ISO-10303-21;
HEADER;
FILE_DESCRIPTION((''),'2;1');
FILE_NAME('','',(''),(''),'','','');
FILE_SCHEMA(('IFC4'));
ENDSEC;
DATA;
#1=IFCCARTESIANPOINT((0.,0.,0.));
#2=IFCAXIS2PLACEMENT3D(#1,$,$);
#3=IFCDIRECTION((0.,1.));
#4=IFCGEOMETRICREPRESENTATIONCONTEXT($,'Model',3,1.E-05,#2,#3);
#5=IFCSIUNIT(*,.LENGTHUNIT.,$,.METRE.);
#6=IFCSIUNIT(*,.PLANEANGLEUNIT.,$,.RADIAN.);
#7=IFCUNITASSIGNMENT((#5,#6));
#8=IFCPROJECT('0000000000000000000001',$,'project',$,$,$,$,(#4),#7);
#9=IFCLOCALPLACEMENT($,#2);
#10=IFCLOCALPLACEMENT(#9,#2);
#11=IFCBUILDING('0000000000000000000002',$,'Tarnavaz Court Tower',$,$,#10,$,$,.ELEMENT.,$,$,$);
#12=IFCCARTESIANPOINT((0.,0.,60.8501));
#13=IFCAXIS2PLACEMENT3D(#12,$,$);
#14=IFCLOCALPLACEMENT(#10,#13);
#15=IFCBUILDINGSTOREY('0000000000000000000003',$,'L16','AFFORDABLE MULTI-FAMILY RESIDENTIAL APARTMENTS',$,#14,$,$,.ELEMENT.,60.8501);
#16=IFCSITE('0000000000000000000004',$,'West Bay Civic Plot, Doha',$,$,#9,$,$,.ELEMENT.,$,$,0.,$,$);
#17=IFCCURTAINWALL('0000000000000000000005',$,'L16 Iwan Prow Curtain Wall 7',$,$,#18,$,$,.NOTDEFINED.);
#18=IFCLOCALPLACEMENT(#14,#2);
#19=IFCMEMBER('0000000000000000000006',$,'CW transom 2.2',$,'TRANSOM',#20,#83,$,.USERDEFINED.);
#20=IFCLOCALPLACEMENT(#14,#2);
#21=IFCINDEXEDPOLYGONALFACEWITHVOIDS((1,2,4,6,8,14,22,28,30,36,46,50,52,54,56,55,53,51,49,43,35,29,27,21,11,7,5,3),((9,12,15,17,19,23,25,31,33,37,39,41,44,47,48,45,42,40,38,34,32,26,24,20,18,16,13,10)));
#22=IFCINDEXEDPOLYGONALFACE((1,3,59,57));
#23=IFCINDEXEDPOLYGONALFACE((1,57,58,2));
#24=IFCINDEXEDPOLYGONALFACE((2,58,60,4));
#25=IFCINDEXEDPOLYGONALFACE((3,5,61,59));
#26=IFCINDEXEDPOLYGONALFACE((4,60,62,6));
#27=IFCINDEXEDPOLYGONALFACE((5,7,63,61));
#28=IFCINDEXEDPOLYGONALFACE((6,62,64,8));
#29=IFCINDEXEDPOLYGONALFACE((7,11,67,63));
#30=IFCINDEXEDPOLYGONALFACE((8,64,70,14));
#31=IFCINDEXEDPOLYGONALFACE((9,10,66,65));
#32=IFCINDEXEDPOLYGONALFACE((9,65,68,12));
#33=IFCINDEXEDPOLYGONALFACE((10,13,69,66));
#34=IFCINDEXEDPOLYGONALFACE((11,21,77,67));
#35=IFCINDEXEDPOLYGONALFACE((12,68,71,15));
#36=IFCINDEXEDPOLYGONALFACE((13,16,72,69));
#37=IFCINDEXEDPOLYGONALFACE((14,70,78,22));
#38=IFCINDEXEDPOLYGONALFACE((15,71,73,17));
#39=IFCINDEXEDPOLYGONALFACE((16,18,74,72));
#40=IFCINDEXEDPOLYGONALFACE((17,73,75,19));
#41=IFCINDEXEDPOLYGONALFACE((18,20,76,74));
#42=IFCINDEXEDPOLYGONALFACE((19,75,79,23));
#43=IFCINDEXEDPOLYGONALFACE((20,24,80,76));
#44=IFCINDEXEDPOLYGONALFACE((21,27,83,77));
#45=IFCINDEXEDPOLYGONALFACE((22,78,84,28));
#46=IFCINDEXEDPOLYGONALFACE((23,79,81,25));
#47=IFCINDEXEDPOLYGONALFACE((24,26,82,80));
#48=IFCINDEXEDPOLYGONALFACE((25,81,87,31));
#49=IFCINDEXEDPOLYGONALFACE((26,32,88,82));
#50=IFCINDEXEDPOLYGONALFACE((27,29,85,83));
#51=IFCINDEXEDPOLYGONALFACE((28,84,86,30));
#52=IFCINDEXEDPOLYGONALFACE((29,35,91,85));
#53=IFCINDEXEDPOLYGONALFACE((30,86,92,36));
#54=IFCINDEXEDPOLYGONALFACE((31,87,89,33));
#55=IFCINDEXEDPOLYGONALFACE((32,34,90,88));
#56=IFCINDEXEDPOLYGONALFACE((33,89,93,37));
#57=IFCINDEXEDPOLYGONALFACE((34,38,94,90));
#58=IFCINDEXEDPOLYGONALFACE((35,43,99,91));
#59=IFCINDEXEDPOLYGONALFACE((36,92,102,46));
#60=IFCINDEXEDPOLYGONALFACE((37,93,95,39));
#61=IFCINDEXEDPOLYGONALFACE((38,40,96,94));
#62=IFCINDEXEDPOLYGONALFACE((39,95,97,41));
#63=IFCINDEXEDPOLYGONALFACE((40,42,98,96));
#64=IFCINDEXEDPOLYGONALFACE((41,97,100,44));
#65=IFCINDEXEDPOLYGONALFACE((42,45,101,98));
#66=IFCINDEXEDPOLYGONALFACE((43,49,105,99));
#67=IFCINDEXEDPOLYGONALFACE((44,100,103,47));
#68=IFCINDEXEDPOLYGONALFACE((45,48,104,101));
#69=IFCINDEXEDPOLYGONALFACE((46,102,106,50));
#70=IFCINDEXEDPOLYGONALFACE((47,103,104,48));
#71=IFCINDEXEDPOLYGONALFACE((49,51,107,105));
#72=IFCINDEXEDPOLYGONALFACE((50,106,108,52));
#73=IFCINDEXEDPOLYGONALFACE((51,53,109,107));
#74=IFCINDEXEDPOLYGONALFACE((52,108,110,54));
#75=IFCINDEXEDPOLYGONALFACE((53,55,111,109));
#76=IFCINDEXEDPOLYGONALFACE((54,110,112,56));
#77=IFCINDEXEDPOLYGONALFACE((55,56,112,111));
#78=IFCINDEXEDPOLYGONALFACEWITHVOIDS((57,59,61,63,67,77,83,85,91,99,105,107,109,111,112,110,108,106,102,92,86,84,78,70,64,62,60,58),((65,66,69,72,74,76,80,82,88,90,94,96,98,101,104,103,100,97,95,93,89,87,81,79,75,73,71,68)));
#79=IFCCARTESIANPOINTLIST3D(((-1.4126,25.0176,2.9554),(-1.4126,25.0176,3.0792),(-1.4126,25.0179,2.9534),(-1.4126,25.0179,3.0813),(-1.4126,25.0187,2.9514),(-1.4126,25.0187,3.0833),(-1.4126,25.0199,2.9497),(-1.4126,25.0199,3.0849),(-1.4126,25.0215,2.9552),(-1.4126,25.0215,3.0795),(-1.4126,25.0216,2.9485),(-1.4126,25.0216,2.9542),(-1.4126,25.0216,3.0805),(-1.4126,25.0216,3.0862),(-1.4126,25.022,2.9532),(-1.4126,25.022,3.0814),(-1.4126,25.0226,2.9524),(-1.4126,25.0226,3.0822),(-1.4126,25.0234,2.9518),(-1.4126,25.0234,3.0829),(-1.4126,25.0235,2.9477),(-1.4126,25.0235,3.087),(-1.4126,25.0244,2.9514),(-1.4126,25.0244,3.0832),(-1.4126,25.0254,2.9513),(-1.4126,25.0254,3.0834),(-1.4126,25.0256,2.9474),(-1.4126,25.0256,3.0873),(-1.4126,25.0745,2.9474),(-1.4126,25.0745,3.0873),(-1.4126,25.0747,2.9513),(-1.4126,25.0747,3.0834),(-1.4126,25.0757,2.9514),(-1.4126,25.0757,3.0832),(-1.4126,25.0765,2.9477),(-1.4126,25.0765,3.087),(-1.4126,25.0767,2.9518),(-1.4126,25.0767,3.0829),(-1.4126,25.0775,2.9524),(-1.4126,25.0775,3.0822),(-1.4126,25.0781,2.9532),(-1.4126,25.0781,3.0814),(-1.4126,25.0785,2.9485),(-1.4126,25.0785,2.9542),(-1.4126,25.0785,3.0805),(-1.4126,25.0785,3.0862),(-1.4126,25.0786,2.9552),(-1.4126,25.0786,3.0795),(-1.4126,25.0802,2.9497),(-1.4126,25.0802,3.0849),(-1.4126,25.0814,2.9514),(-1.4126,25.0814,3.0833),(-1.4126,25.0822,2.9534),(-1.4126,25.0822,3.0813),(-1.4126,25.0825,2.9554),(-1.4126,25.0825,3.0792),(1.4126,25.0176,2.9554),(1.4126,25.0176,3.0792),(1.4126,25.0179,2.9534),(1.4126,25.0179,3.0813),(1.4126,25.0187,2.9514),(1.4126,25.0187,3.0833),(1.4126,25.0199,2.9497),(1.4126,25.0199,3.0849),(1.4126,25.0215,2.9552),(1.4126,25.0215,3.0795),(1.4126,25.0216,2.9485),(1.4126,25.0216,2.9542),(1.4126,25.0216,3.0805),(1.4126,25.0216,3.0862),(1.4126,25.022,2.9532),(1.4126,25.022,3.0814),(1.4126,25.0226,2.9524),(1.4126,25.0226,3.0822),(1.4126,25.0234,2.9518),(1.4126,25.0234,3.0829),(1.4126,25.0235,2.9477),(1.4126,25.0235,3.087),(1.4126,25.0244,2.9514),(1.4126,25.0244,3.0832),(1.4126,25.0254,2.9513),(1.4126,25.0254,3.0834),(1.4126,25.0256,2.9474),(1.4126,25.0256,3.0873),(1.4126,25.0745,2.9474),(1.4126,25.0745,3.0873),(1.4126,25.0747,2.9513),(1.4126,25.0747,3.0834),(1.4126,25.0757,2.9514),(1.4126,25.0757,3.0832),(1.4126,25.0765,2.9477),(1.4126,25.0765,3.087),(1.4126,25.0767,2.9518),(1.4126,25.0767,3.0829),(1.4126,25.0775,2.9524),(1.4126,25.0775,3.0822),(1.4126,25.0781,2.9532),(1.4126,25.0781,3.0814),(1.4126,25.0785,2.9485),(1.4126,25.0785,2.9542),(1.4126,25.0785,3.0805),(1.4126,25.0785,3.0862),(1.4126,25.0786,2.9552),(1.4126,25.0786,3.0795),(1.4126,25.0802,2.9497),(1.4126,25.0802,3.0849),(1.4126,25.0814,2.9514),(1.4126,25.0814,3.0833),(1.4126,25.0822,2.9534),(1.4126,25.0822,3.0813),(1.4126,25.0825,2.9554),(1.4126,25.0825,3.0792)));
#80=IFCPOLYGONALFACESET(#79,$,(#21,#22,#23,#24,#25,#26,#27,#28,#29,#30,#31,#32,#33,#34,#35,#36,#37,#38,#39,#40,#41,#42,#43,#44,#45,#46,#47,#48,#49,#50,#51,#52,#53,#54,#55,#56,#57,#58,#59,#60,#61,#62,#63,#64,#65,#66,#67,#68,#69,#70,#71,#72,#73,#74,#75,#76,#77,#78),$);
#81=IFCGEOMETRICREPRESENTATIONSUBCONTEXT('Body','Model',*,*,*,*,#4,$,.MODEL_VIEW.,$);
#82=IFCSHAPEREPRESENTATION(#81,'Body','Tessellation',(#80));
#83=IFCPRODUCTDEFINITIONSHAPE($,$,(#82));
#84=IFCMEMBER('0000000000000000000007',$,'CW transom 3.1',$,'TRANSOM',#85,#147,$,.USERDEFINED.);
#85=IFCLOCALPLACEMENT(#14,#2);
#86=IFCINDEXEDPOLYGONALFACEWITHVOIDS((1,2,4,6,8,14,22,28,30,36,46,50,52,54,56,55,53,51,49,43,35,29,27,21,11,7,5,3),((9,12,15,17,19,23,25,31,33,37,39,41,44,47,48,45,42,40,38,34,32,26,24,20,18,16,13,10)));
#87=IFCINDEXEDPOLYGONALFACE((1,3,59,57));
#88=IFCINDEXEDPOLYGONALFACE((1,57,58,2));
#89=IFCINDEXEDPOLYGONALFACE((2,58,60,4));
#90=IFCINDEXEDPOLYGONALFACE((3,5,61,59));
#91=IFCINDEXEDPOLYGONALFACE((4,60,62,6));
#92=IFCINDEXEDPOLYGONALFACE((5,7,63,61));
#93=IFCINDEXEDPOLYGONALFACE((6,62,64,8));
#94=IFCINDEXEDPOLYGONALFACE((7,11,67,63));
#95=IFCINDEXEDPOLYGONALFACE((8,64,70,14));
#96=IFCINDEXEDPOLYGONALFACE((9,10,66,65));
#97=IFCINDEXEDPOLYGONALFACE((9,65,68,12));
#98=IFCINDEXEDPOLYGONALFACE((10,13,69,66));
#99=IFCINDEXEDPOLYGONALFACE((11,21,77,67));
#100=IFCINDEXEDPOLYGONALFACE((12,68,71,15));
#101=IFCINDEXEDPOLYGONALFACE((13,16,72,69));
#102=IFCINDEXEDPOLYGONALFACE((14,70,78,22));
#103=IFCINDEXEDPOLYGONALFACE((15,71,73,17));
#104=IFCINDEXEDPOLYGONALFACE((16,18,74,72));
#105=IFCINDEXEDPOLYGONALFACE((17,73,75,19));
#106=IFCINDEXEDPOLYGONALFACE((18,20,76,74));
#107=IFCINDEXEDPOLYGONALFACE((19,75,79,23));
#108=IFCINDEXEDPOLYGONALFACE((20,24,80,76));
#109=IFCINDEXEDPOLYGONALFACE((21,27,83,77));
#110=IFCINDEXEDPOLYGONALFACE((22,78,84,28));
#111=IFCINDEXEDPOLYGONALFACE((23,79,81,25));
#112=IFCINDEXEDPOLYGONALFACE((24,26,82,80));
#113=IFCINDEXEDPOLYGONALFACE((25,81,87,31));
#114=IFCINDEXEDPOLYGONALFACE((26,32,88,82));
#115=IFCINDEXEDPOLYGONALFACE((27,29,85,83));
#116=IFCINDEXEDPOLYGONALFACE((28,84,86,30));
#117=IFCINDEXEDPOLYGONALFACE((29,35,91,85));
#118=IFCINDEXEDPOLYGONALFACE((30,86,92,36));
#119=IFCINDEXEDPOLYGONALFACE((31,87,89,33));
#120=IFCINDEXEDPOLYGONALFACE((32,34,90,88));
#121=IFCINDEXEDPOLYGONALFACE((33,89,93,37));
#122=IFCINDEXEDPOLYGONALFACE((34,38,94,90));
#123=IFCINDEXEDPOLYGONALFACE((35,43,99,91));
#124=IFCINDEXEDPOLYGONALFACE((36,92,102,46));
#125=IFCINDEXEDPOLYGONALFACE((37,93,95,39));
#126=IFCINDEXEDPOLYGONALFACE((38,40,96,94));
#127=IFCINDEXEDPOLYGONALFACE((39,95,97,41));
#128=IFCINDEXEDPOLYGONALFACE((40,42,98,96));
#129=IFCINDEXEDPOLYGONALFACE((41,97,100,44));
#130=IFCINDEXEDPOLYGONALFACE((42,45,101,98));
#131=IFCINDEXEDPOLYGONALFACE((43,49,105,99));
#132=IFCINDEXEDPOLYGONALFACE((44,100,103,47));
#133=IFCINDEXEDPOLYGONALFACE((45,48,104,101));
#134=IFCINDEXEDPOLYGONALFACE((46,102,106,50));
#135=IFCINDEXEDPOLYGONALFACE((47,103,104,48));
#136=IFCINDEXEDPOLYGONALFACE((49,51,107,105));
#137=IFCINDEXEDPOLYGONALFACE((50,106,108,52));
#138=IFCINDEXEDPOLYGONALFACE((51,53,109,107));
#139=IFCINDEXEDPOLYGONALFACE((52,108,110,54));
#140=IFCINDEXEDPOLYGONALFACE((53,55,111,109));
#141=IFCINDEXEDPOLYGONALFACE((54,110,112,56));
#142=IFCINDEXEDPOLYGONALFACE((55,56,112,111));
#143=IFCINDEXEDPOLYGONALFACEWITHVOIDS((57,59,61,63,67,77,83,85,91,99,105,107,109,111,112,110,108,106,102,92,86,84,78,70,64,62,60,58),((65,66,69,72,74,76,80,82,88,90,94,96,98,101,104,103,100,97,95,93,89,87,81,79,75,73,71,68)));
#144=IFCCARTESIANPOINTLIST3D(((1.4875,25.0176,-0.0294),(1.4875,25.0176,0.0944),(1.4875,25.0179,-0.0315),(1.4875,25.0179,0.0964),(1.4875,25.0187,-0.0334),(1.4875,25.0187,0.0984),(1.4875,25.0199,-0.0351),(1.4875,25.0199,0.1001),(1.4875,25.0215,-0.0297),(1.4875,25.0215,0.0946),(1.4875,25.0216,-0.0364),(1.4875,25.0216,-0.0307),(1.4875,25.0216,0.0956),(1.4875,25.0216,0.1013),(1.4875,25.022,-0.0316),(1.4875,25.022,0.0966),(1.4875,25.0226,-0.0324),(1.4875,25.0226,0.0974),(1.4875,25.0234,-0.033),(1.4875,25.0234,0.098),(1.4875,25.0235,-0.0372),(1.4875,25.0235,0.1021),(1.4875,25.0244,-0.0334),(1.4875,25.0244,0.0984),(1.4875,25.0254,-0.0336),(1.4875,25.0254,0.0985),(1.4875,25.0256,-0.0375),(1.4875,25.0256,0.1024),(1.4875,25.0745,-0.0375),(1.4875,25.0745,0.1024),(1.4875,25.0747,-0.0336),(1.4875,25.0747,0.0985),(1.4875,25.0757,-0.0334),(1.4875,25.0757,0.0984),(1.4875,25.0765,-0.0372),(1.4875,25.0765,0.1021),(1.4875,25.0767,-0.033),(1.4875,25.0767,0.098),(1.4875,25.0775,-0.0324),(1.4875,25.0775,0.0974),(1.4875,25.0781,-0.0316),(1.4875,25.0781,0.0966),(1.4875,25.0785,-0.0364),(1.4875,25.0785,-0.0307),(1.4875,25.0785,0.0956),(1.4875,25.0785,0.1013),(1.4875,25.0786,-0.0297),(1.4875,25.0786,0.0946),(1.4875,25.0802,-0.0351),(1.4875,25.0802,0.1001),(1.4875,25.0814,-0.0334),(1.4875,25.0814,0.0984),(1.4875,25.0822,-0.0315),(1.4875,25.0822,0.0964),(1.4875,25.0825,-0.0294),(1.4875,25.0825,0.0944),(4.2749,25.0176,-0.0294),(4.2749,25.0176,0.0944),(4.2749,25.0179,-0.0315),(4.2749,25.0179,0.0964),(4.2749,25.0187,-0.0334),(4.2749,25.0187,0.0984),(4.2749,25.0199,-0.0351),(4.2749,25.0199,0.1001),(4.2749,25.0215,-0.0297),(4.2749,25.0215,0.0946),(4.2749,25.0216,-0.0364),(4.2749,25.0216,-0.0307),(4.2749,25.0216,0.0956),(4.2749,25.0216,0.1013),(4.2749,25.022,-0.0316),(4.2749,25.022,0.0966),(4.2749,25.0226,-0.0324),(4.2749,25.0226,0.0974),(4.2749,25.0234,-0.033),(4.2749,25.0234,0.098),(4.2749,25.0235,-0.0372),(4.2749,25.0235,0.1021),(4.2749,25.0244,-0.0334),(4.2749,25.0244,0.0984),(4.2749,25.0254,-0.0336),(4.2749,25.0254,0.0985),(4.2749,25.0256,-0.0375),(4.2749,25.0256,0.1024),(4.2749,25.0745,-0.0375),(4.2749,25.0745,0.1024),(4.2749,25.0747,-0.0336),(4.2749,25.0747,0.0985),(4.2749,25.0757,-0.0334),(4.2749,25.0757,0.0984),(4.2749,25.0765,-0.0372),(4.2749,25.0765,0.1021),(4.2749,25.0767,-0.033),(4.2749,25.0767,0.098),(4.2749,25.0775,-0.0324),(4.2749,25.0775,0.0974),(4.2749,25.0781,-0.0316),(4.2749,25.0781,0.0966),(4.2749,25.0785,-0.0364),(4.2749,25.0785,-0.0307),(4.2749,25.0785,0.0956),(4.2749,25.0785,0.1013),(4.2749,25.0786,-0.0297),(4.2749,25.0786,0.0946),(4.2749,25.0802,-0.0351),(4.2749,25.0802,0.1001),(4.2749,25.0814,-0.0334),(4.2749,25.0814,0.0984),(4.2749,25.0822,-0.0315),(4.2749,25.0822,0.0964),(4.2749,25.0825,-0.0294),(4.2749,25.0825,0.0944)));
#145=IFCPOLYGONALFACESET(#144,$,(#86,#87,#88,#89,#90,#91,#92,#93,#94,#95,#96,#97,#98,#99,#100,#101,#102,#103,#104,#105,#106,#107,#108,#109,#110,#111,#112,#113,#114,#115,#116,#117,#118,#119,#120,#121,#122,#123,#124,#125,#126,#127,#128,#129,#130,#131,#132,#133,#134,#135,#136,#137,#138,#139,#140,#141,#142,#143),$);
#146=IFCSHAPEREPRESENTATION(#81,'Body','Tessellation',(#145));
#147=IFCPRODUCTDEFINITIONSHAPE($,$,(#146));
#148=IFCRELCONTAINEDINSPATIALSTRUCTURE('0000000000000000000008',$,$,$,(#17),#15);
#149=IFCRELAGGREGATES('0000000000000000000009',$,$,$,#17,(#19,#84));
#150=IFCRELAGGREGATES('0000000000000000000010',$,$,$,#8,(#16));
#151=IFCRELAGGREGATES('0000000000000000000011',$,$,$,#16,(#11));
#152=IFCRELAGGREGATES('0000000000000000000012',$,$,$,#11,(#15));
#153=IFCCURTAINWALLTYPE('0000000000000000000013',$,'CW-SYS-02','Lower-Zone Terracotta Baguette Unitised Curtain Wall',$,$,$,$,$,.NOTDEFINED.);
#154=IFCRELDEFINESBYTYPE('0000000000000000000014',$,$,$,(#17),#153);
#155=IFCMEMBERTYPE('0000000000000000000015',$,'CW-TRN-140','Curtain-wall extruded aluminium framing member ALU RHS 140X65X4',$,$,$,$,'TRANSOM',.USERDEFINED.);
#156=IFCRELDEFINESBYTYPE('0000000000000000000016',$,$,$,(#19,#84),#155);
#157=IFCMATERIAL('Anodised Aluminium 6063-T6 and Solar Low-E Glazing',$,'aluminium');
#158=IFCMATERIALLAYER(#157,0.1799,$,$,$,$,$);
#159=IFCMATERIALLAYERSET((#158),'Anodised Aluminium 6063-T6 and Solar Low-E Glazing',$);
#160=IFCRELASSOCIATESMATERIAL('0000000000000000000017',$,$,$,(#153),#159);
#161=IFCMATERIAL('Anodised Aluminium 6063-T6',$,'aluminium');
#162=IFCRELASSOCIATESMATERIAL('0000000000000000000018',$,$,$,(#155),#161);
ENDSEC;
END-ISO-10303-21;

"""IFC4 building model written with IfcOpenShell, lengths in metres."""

from ifc_helpers import new_model, si_unit, direction, frame, origin, origin_2d, place, context, subcontext, project, spatial, hollow_rectangle, extrude, material, layer, layer_set, material_profile, profile_set, type_object, element, aggregate, save


model = new_model("IFC4")

# Units and contexts
model_context = context("Model", 3, precision=1e-05, world=origin(), true_north=direction((0.0, 1.0)))
body_context = subcontext(model_context, "Body", "Model", "MODEL_VIEW")
ifc_project = project(units=[si_unit("LENGTHUNIT", "METRE"), si_unit("PLANEANGLEUNIT", "RADIAN")], contexts=[model_context])

# Site, building, storey
site_placement = place(None, origin())
site = spatial("IfcSite", under=ifc_project, at=site_placement, Name="West Bay Civic Plot, Doha", CompositionType="ELEMENT", RefElevation=0.0)
building_placement = place(site_placement, origin())
building = spatial("IfcBuilding", under=site, at=building_placement, Name="Tarnavaz Court Tower", CompositionType="ELEMENT")
storey_placement = place(building_placement, frame((0.0, 0.0, 60.8501)))
storey = spatial("IfcBuildingStorey", under=building, at=storey_placement, Name="L16", Description="AFFORDABLE MULTI-FAMILY RESIDENTIAL APARTMENTS", CompositionType="ELEMENT", Elevation=60.8501)

# Curtain wall, members
ifc_material_1 = material(Name="Anodised Aluminium 6063-T6 and Solar Low-E Glazing", Category="aluminium")
ifc_layer_1 = layer(ifc_material_1, 0.1799)
ifc_layer_set_1 = layer_set([ifc_layer_1], Name="Anodised Aluminium 6063-T6 and Solar Low-E Glazing")
curtain_wall_type = type_object("IfcCurtainWallType", Name="CW-SYS-02", Description="Lower-Zone Terracotta Baguette Unitised Curtain Wall", PredefinedType="NOTDEFINED", material=ifc_layer_set_1)
curtain_wall_placement = place(storey_placement, origin())
curtain_wall = element("IfcCurtainWall", 1, at=curtain_wall_placement, inside=storey, type_object=curtain_wall_type, Name="L16 Iwan Prow Curtain Wall 7", PredefinedType="NOTDEFINED")
ifc_material_2 = material(Name="Anodised Aluminium 6063-T6", Category="aluminium")
ifc_material_profile_1 = material_profile(ifc_material_2, hollow_rectangle(XDim=0.0649, YDim=0.1399, WallThickness=0.0039, InnerFilletRadius=0.0039, OuterFilletRadius=0.0081, at=origin_2d()), Name="ALU RHS 140X65X4")
ifc_profile_set_1 = profile_set([ifc_material_profile_1], Name="Anodised Aluminium 6063-T6")
member_type_1 = type_object("IfcMemberType", Name="CW-TRN-140", Description="Curtain-wall extruded aluminium framing member ALU RHS 140X65X4", ElementType="TRANSOM", PredefinedType="USERDEFINED", material=ifc_profile_set_1)
member_1_placement = place(storey_placement, frame((-1.4126, 25.05, 3.0173), z_axis=(1.0, 0.0, 0.0), x_axis=(0.0, 1.0, 0.0)))
member_1 = element("IfcMember", 2, at=member_1_placement, type_object=member_type_1, Name="CW transom 2.2", ObjectType="TRANSOM", PredefinedType="USERDEFINED", context=body_context, shape_type="SweptSolid", body=[
    extrude(hollow_rectangle(XDim=0.0649, YDim=0.1399, WallThickness=0.0039, InnerFilletRadius=0.0039, OuterFilletRadius=0.0081, at=origin_2d()), origin(), (0.0, 0.0, 1.0), 2.8252),
])
member_2_placement = place(storey_placement, frame((1.4875, 25.05, 0.0325), z_axis=(1.0, 0.0, 0.0), x_axis=(0.0, 1.0, 0.0)))
member_2 = element("IfcMember", 3, at=member_2_placement, type_object=member_type_1, Name="CW transom 3.1", ObjectType="TRANSOM", PredefinedType="USERDEFINED", context=body_context, shape_type="SweptSolid", body=[
    extrude(hollow_rectangle(XDim=0.0649, YDim=0.1399, WallThickness=0.0039, InnerFilletRadius=0.0039, OuterFilletRadius=0.0081, at=origin_2d()), origin(), (0.0, 0.0, 1.0), 2.7874),
])
aggregate(curtain_wall, [member_1, member_2])

save(model, "model.ifc")
